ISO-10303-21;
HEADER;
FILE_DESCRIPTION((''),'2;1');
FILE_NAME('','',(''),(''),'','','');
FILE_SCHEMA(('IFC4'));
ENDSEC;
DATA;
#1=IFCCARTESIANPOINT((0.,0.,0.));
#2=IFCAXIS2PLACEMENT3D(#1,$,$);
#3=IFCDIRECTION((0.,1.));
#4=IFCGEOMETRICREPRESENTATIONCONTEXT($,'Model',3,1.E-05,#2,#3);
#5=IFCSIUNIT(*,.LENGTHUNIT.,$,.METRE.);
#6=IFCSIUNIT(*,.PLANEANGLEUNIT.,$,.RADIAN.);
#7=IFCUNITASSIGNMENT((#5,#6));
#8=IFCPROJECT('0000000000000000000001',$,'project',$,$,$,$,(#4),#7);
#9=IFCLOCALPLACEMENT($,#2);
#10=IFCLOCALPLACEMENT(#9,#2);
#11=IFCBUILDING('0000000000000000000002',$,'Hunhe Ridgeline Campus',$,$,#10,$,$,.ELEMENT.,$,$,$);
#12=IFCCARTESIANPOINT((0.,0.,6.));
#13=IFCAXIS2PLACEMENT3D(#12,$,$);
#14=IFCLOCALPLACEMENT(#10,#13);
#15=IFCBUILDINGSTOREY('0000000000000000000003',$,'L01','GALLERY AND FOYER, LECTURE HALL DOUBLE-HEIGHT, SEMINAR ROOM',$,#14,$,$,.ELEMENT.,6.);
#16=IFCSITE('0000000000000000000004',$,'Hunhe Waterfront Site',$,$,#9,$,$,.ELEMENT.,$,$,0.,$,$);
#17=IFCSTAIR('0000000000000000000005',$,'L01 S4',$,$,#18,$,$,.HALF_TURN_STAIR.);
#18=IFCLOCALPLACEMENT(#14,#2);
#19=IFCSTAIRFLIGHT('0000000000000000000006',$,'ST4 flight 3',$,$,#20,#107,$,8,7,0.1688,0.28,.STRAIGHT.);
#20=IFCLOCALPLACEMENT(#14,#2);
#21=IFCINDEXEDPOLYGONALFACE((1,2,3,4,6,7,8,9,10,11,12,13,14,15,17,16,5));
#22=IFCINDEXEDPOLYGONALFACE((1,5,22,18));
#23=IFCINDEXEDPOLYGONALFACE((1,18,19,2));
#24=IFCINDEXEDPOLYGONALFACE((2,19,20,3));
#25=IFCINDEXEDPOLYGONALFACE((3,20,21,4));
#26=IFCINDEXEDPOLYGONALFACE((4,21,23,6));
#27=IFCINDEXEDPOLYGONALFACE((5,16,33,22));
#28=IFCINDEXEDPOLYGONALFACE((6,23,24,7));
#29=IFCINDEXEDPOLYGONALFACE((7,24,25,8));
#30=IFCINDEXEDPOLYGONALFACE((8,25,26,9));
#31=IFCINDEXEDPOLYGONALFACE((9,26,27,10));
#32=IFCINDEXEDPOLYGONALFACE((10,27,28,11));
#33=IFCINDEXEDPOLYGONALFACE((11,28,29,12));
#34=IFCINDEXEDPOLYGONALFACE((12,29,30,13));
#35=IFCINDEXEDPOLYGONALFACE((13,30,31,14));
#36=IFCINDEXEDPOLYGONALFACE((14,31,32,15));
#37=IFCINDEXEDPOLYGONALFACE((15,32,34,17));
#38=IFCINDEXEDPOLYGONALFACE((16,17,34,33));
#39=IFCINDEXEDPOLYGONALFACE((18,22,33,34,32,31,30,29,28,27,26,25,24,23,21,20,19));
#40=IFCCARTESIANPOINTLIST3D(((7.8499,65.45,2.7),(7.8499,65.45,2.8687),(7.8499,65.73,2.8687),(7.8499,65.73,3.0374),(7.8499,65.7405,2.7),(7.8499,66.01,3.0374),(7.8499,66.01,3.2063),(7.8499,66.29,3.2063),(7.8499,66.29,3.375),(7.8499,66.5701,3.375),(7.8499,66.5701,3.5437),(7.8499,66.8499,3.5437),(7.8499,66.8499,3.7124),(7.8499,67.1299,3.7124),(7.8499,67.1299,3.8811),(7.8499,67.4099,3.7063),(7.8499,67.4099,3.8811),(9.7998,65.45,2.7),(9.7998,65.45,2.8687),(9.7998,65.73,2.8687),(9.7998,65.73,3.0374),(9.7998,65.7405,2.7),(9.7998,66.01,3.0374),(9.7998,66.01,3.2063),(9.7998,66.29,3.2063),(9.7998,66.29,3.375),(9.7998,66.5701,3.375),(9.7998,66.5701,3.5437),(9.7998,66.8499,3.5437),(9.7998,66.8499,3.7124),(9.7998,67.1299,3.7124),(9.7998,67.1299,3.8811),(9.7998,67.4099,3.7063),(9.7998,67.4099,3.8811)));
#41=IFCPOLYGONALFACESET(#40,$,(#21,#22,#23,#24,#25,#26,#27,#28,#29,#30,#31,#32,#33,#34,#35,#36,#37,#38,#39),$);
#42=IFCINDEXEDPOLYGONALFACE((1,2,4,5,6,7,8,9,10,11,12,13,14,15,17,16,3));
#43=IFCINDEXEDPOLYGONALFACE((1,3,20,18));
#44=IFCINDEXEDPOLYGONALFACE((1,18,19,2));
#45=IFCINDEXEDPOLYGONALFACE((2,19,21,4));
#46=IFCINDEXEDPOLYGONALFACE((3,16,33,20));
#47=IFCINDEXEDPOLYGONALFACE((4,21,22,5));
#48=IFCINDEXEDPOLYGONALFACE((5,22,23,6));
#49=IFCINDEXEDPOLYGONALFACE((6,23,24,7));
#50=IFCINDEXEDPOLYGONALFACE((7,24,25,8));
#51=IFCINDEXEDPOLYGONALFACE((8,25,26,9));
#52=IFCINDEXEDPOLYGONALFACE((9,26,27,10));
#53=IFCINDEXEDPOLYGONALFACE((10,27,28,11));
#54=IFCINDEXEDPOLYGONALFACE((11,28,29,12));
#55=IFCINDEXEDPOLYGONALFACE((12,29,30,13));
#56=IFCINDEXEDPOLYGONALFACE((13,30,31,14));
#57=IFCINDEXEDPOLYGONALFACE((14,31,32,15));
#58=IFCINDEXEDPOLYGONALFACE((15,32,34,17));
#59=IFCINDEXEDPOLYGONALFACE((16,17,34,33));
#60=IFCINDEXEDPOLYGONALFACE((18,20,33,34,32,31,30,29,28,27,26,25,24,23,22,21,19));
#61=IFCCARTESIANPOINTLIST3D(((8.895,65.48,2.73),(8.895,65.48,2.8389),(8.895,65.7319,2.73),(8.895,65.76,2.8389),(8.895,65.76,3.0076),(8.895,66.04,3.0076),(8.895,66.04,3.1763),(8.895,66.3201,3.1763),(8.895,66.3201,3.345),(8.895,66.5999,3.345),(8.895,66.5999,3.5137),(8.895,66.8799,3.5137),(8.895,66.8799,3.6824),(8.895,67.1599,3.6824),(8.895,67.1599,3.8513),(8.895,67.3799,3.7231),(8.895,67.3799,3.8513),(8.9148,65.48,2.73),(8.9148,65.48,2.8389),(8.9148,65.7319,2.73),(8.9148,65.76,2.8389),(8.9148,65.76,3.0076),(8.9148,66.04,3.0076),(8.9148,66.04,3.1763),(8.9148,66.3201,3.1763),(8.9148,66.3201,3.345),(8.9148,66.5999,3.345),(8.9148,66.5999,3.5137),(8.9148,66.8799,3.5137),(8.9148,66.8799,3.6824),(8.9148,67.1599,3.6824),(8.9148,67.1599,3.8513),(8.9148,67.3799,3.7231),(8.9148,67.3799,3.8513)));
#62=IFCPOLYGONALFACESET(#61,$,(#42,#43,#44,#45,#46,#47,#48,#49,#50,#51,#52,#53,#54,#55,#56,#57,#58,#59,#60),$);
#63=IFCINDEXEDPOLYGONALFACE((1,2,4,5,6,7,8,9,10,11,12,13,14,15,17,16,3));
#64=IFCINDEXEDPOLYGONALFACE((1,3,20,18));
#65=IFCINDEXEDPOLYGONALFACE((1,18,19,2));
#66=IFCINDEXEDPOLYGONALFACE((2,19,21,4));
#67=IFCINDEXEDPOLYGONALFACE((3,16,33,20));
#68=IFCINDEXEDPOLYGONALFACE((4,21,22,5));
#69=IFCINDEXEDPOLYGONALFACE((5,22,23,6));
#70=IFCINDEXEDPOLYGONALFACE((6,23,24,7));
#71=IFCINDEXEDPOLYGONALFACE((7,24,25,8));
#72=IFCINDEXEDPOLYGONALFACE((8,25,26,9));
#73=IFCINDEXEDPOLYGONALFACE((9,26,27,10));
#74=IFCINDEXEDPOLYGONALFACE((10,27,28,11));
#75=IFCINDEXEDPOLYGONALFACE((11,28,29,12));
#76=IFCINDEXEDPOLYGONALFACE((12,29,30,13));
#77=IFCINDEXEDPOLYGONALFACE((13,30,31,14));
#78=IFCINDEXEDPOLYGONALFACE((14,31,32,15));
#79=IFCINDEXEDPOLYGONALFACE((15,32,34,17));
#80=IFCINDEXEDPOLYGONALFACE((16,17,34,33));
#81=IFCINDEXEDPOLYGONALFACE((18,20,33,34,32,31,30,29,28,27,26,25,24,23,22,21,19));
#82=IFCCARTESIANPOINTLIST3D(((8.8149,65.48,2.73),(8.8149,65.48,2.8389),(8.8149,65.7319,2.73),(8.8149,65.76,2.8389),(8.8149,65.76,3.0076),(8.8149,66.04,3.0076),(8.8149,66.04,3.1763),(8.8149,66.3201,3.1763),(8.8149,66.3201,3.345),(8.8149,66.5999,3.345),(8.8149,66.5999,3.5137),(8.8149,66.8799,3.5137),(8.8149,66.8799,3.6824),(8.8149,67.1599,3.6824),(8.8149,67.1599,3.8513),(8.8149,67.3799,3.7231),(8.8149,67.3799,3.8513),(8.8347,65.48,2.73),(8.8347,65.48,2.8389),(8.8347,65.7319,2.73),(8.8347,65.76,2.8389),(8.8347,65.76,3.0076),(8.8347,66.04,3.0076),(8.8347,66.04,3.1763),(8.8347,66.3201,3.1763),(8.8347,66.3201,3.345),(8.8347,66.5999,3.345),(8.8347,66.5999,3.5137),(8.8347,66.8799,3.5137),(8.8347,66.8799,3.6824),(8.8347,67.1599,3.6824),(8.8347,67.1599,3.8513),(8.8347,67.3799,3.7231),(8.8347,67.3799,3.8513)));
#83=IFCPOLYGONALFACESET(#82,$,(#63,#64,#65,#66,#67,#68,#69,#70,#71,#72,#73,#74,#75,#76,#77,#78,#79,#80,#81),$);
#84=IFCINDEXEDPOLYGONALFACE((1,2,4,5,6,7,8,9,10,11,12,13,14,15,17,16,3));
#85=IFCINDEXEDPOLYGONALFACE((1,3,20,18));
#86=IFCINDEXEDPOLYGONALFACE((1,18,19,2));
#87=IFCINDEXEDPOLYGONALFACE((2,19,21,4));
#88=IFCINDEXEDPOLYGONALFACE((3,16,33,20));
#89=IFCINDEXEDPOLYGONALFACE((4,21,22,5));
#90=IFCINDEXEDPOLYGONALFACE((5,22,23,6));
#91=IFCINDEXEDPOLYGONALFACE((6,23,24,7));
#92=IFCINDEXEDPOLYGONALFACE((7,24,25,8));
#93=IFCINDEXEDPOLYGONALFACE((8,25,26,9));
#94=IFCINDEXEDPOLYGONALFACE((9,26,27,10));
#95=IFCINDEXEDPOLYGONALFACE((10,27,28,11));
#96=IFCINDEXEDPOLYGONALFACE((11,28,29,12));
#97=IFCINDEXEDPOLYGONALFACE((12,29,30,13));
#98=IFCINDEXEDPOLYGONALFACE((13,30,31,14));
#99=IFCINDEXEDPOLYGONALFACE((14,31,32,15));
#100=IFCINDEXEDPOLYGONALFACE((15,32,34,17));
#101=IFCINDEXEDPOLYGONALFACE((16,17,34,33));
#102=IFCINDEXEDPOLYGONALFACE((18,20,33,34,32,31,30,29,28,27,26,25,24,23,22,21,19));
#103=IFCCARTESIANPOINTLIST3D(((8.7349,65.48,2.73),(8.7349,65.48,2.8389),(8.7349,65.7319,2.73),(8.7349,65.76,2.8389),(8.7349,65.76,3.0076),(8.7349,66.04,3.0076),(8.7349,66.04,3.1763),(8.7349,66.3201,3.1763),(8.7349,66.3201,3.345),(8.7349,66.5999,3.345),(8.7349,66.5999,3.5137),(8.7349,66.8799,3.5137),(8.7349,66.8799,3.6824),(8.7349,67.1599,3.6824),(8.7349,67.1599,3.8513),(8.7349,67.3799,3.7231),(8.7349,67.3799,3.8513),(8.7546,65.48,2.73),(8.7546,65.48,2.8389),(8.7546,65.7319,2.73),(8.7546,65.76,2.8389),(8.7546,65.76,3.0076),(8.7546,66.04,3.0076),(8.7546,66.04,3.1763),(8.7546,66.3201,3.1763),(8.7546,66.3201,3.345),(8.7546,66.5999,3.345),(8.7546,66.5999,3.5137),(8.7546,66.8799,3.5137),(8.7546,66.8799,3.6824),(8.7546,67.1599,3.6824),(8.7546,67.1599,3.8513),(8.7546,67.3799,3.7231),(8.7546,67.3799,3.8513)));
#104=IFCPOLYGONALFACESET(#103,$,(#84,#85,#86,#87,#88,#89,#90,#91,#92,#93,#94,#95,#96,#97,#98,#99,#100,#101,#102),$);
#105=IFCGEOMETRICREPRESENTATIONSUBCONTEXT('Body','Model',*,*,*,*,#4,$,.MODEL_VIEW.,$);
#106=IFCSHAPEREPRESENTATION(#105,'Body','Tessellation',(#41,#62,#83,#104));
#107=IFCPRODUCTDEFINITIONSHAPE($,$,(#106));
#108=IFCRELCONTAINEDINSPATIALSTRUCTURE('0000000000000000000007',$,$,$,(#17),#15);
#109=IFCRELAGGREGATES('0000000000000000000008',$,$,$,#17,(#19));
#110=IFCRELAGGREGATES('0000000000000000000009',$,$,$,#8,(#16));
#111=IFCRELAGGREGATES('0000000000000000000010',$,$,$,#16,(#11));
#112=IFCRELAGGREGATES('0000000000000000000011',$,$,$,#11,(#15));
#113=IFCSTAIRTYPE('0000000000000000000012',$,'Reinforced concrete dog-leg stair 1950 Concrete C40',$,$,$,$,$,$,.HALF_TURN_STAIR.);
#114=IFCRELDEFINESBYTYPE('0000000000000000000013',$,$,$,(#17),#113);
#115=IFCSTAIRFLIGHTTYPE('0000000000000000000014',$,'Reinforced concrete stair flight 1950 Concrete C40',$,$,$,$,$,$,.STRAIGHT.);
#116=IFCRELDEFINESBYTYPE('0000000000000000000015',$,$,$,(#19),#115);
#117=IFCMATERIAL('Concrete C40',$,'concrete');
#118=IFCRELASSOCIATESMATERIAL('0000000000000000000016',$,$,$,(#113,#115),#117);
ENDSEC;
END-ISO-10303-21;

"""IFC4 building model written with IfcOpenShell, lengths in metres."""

from ifc_helpers import new_model, si_unit, direction, frame, origin, place, context, subcontext, project, spatial, polyline, outline, extrude, material, type_object, element, aggregate, save


model = new_model("IFC4")

# Units and contexts
model_context = context("Model", 3, precision=1e-05, world=origin(), true_north=direction((0.0, 1.0)))
body_context = subcontext(model_context, "Body", "Model", "MODEL_VIEW")
ifc_project = project(units=[si_unit("LENGTHUNIT", "METRE"), si_unit("PLANEANGLEUNIT", "RADIAN")], contexts=[model_context])

# Site, building, storey
site_placement = place(None, origin())
site = spatial("IfcSite", under=ifc_project, at=site_placement, Name="Hunhe Waterfront Site", CompositionType="ELEMENT", RefElevation=0.0)
building_placement = place(site_placement, origin())
building = spatial("IfcBuilding", under=site, at=building_placement, Name="Hunhe Ridgeline Campus", CompositionType="ELEMENT")
storey_placement = place(building_placement, frame((0.0, 0.0, 6.0)))
storey = spatial("IfcBuildingStorey", under=building, at=storey_placement, Name="L01", Description="GALLERY AND FOYER, LECTURE HALL DOUBLE-HEIGHT, SEMINAR ROOM", CompositionType="ELEMENT", Elevation=6.0)

# Stair, stair flight
ifc_material_1 = material(Name="Concrete C40", Category="concrete")
stair_type = type_object("IfcStairType", Name="Reinforced concrete dog-leg stair 1950 Concrete C40", PredefinedType="HALF_TURN_STAIR", material=ifc_material_1)
stair_placement = place(storey_placement, origin())
stair = element("IfcStair", 1, at=stair_placement, inside=storey, type_object=stair_type, Name="L01 S4", PredefinedType="HALF_TURN_STAIR")
stair_flight_type = type_object("IfcStairFlightType", Name="Reinforced concrete stair flight 1950 Concrete C40", PredefinedType="STRAIGHT", material=ifc_material_1)
stair_flight_1_placement = place(storey_placement, frame((8.825, 65.45, 2.7), z_axis=(0.0, 0.0, 1.0), x_axis=(0.0, 1.0, 0.0)))
stair_flight_1 = element("IfcStairFlight", 2, at=stair_flight_1_placement, type_object=stair_flight_type, Name="ST4 flight 3", NumberOfRisers=8, NumberOfTreads=7, PredefinedType="STRAIGHT", RiserHeight=0.1688, TreadLength=0.28, context=body_context, shape_type="SweptSolid", body=[
    extrude(outline(polyline([(0.0, 0.0), (0.0, 0.1687), (0.28, 0.1687), (0.28, 0.3374), (0.5601, 0.3374), (0.5601, 0.5063), (0.8401, 0.5063), (0.8401, 0.675), (1.1201, 0.675), (1.1201, 0.8438), (1.3999, 0.8438), (1.3999, 1.0125), (1.6799, 1.0125), (1.6799, 1.1812), (1.96, 1.1812), (1.96, 1.3501), (1.96, 1.0063), (0.2905, 0.0), (0.0, 0.0)])), frame((0.0, 0.9751, 0.0), z_axis=(0.0, -1.0, 0.0), x_axis=(1.0, 0.0, 0.0)), (0.0, 0.0, 1.0), 1.95),
    extrude(outline(polyline([(0.03, 0.03), (0.03, 0.1389), (0.3101, 0.1389), (0.3101, 0.3076), (0.5901, 0.3076), (0.5901, 0.4763), (0.8701, 0.4763), (0.8701, 0.645), (1.1499, 0.645), (1.1499, 0.8137), (1.4299, 0.8137), (1.4299, 0.9824), (1.71, 0.9824), (1.71, 1.1514), (1.9299, 1.1514), (1.9299, 1.0232), (0.282, 0.03), (0.03, 0.03)])), frame((0.0, -0.0701, 0.0), z_axis=(0.0, -1.0, 0.0), x_axis=(1.0, 0.0, 0.0)), (0.0, 0.0, 1.0), 0.0198),
    extrude(outline(polyline([(0.03, 0.03), (0.03, 0.1389), (0.3101, 0.1389), (0.3101, 0.3076), (0.5901, 0.3076), (0.5901, 0.4763), (0.8701, 0.4763), (0.8701, 0.645), (1.1499, 0.645), (1.1499, 0.8137), (1.4299, 0.8137), (1.4299, 0.9824), (1.71, 0.9824), (1.71, 1.1514), (1.9299, 1.1514), (1.9299, 1.0232), (0.282, 0.03), (0.03, 0.03)])), frame((0.0, 0.01, 0.0), z_axis=(0.0, -1.0, 0.0), x_axis=(1.0, 0.0, 0.0)), (0.0, 0.0, 1.0), 0.0198),
    extrude(outline(polyline([(0.03, 0.03), (0.03, 0.1389), (0.3101, 0.1389), (0.3101, 0.3076), (0.5901, 0.3076), (0.5901, 0.4763), (0.8701, 0.4763), (0.8701, 0.645), (1.1499, 0.645), (1.1499, 0.8137), (1.4299, 0.8137), (1.4299, 0.9824), (1.71, 0.9824), (1.71, 1.1514), (1.9299, 1.1514), (1.9299, 1.0232), (0.282, 0.03), (0.03, 0.03)])), frame((0.0, 0.0901, 0.0), z_axis=(0.0, -1.0, 0.0), x_axis=(1.0, 0.0, 0.0)), (0.0, 0.0, 1.0), 0.0198),
])
aggregate(stair, [stair_flight_1])

save(model, "model.ifc")
